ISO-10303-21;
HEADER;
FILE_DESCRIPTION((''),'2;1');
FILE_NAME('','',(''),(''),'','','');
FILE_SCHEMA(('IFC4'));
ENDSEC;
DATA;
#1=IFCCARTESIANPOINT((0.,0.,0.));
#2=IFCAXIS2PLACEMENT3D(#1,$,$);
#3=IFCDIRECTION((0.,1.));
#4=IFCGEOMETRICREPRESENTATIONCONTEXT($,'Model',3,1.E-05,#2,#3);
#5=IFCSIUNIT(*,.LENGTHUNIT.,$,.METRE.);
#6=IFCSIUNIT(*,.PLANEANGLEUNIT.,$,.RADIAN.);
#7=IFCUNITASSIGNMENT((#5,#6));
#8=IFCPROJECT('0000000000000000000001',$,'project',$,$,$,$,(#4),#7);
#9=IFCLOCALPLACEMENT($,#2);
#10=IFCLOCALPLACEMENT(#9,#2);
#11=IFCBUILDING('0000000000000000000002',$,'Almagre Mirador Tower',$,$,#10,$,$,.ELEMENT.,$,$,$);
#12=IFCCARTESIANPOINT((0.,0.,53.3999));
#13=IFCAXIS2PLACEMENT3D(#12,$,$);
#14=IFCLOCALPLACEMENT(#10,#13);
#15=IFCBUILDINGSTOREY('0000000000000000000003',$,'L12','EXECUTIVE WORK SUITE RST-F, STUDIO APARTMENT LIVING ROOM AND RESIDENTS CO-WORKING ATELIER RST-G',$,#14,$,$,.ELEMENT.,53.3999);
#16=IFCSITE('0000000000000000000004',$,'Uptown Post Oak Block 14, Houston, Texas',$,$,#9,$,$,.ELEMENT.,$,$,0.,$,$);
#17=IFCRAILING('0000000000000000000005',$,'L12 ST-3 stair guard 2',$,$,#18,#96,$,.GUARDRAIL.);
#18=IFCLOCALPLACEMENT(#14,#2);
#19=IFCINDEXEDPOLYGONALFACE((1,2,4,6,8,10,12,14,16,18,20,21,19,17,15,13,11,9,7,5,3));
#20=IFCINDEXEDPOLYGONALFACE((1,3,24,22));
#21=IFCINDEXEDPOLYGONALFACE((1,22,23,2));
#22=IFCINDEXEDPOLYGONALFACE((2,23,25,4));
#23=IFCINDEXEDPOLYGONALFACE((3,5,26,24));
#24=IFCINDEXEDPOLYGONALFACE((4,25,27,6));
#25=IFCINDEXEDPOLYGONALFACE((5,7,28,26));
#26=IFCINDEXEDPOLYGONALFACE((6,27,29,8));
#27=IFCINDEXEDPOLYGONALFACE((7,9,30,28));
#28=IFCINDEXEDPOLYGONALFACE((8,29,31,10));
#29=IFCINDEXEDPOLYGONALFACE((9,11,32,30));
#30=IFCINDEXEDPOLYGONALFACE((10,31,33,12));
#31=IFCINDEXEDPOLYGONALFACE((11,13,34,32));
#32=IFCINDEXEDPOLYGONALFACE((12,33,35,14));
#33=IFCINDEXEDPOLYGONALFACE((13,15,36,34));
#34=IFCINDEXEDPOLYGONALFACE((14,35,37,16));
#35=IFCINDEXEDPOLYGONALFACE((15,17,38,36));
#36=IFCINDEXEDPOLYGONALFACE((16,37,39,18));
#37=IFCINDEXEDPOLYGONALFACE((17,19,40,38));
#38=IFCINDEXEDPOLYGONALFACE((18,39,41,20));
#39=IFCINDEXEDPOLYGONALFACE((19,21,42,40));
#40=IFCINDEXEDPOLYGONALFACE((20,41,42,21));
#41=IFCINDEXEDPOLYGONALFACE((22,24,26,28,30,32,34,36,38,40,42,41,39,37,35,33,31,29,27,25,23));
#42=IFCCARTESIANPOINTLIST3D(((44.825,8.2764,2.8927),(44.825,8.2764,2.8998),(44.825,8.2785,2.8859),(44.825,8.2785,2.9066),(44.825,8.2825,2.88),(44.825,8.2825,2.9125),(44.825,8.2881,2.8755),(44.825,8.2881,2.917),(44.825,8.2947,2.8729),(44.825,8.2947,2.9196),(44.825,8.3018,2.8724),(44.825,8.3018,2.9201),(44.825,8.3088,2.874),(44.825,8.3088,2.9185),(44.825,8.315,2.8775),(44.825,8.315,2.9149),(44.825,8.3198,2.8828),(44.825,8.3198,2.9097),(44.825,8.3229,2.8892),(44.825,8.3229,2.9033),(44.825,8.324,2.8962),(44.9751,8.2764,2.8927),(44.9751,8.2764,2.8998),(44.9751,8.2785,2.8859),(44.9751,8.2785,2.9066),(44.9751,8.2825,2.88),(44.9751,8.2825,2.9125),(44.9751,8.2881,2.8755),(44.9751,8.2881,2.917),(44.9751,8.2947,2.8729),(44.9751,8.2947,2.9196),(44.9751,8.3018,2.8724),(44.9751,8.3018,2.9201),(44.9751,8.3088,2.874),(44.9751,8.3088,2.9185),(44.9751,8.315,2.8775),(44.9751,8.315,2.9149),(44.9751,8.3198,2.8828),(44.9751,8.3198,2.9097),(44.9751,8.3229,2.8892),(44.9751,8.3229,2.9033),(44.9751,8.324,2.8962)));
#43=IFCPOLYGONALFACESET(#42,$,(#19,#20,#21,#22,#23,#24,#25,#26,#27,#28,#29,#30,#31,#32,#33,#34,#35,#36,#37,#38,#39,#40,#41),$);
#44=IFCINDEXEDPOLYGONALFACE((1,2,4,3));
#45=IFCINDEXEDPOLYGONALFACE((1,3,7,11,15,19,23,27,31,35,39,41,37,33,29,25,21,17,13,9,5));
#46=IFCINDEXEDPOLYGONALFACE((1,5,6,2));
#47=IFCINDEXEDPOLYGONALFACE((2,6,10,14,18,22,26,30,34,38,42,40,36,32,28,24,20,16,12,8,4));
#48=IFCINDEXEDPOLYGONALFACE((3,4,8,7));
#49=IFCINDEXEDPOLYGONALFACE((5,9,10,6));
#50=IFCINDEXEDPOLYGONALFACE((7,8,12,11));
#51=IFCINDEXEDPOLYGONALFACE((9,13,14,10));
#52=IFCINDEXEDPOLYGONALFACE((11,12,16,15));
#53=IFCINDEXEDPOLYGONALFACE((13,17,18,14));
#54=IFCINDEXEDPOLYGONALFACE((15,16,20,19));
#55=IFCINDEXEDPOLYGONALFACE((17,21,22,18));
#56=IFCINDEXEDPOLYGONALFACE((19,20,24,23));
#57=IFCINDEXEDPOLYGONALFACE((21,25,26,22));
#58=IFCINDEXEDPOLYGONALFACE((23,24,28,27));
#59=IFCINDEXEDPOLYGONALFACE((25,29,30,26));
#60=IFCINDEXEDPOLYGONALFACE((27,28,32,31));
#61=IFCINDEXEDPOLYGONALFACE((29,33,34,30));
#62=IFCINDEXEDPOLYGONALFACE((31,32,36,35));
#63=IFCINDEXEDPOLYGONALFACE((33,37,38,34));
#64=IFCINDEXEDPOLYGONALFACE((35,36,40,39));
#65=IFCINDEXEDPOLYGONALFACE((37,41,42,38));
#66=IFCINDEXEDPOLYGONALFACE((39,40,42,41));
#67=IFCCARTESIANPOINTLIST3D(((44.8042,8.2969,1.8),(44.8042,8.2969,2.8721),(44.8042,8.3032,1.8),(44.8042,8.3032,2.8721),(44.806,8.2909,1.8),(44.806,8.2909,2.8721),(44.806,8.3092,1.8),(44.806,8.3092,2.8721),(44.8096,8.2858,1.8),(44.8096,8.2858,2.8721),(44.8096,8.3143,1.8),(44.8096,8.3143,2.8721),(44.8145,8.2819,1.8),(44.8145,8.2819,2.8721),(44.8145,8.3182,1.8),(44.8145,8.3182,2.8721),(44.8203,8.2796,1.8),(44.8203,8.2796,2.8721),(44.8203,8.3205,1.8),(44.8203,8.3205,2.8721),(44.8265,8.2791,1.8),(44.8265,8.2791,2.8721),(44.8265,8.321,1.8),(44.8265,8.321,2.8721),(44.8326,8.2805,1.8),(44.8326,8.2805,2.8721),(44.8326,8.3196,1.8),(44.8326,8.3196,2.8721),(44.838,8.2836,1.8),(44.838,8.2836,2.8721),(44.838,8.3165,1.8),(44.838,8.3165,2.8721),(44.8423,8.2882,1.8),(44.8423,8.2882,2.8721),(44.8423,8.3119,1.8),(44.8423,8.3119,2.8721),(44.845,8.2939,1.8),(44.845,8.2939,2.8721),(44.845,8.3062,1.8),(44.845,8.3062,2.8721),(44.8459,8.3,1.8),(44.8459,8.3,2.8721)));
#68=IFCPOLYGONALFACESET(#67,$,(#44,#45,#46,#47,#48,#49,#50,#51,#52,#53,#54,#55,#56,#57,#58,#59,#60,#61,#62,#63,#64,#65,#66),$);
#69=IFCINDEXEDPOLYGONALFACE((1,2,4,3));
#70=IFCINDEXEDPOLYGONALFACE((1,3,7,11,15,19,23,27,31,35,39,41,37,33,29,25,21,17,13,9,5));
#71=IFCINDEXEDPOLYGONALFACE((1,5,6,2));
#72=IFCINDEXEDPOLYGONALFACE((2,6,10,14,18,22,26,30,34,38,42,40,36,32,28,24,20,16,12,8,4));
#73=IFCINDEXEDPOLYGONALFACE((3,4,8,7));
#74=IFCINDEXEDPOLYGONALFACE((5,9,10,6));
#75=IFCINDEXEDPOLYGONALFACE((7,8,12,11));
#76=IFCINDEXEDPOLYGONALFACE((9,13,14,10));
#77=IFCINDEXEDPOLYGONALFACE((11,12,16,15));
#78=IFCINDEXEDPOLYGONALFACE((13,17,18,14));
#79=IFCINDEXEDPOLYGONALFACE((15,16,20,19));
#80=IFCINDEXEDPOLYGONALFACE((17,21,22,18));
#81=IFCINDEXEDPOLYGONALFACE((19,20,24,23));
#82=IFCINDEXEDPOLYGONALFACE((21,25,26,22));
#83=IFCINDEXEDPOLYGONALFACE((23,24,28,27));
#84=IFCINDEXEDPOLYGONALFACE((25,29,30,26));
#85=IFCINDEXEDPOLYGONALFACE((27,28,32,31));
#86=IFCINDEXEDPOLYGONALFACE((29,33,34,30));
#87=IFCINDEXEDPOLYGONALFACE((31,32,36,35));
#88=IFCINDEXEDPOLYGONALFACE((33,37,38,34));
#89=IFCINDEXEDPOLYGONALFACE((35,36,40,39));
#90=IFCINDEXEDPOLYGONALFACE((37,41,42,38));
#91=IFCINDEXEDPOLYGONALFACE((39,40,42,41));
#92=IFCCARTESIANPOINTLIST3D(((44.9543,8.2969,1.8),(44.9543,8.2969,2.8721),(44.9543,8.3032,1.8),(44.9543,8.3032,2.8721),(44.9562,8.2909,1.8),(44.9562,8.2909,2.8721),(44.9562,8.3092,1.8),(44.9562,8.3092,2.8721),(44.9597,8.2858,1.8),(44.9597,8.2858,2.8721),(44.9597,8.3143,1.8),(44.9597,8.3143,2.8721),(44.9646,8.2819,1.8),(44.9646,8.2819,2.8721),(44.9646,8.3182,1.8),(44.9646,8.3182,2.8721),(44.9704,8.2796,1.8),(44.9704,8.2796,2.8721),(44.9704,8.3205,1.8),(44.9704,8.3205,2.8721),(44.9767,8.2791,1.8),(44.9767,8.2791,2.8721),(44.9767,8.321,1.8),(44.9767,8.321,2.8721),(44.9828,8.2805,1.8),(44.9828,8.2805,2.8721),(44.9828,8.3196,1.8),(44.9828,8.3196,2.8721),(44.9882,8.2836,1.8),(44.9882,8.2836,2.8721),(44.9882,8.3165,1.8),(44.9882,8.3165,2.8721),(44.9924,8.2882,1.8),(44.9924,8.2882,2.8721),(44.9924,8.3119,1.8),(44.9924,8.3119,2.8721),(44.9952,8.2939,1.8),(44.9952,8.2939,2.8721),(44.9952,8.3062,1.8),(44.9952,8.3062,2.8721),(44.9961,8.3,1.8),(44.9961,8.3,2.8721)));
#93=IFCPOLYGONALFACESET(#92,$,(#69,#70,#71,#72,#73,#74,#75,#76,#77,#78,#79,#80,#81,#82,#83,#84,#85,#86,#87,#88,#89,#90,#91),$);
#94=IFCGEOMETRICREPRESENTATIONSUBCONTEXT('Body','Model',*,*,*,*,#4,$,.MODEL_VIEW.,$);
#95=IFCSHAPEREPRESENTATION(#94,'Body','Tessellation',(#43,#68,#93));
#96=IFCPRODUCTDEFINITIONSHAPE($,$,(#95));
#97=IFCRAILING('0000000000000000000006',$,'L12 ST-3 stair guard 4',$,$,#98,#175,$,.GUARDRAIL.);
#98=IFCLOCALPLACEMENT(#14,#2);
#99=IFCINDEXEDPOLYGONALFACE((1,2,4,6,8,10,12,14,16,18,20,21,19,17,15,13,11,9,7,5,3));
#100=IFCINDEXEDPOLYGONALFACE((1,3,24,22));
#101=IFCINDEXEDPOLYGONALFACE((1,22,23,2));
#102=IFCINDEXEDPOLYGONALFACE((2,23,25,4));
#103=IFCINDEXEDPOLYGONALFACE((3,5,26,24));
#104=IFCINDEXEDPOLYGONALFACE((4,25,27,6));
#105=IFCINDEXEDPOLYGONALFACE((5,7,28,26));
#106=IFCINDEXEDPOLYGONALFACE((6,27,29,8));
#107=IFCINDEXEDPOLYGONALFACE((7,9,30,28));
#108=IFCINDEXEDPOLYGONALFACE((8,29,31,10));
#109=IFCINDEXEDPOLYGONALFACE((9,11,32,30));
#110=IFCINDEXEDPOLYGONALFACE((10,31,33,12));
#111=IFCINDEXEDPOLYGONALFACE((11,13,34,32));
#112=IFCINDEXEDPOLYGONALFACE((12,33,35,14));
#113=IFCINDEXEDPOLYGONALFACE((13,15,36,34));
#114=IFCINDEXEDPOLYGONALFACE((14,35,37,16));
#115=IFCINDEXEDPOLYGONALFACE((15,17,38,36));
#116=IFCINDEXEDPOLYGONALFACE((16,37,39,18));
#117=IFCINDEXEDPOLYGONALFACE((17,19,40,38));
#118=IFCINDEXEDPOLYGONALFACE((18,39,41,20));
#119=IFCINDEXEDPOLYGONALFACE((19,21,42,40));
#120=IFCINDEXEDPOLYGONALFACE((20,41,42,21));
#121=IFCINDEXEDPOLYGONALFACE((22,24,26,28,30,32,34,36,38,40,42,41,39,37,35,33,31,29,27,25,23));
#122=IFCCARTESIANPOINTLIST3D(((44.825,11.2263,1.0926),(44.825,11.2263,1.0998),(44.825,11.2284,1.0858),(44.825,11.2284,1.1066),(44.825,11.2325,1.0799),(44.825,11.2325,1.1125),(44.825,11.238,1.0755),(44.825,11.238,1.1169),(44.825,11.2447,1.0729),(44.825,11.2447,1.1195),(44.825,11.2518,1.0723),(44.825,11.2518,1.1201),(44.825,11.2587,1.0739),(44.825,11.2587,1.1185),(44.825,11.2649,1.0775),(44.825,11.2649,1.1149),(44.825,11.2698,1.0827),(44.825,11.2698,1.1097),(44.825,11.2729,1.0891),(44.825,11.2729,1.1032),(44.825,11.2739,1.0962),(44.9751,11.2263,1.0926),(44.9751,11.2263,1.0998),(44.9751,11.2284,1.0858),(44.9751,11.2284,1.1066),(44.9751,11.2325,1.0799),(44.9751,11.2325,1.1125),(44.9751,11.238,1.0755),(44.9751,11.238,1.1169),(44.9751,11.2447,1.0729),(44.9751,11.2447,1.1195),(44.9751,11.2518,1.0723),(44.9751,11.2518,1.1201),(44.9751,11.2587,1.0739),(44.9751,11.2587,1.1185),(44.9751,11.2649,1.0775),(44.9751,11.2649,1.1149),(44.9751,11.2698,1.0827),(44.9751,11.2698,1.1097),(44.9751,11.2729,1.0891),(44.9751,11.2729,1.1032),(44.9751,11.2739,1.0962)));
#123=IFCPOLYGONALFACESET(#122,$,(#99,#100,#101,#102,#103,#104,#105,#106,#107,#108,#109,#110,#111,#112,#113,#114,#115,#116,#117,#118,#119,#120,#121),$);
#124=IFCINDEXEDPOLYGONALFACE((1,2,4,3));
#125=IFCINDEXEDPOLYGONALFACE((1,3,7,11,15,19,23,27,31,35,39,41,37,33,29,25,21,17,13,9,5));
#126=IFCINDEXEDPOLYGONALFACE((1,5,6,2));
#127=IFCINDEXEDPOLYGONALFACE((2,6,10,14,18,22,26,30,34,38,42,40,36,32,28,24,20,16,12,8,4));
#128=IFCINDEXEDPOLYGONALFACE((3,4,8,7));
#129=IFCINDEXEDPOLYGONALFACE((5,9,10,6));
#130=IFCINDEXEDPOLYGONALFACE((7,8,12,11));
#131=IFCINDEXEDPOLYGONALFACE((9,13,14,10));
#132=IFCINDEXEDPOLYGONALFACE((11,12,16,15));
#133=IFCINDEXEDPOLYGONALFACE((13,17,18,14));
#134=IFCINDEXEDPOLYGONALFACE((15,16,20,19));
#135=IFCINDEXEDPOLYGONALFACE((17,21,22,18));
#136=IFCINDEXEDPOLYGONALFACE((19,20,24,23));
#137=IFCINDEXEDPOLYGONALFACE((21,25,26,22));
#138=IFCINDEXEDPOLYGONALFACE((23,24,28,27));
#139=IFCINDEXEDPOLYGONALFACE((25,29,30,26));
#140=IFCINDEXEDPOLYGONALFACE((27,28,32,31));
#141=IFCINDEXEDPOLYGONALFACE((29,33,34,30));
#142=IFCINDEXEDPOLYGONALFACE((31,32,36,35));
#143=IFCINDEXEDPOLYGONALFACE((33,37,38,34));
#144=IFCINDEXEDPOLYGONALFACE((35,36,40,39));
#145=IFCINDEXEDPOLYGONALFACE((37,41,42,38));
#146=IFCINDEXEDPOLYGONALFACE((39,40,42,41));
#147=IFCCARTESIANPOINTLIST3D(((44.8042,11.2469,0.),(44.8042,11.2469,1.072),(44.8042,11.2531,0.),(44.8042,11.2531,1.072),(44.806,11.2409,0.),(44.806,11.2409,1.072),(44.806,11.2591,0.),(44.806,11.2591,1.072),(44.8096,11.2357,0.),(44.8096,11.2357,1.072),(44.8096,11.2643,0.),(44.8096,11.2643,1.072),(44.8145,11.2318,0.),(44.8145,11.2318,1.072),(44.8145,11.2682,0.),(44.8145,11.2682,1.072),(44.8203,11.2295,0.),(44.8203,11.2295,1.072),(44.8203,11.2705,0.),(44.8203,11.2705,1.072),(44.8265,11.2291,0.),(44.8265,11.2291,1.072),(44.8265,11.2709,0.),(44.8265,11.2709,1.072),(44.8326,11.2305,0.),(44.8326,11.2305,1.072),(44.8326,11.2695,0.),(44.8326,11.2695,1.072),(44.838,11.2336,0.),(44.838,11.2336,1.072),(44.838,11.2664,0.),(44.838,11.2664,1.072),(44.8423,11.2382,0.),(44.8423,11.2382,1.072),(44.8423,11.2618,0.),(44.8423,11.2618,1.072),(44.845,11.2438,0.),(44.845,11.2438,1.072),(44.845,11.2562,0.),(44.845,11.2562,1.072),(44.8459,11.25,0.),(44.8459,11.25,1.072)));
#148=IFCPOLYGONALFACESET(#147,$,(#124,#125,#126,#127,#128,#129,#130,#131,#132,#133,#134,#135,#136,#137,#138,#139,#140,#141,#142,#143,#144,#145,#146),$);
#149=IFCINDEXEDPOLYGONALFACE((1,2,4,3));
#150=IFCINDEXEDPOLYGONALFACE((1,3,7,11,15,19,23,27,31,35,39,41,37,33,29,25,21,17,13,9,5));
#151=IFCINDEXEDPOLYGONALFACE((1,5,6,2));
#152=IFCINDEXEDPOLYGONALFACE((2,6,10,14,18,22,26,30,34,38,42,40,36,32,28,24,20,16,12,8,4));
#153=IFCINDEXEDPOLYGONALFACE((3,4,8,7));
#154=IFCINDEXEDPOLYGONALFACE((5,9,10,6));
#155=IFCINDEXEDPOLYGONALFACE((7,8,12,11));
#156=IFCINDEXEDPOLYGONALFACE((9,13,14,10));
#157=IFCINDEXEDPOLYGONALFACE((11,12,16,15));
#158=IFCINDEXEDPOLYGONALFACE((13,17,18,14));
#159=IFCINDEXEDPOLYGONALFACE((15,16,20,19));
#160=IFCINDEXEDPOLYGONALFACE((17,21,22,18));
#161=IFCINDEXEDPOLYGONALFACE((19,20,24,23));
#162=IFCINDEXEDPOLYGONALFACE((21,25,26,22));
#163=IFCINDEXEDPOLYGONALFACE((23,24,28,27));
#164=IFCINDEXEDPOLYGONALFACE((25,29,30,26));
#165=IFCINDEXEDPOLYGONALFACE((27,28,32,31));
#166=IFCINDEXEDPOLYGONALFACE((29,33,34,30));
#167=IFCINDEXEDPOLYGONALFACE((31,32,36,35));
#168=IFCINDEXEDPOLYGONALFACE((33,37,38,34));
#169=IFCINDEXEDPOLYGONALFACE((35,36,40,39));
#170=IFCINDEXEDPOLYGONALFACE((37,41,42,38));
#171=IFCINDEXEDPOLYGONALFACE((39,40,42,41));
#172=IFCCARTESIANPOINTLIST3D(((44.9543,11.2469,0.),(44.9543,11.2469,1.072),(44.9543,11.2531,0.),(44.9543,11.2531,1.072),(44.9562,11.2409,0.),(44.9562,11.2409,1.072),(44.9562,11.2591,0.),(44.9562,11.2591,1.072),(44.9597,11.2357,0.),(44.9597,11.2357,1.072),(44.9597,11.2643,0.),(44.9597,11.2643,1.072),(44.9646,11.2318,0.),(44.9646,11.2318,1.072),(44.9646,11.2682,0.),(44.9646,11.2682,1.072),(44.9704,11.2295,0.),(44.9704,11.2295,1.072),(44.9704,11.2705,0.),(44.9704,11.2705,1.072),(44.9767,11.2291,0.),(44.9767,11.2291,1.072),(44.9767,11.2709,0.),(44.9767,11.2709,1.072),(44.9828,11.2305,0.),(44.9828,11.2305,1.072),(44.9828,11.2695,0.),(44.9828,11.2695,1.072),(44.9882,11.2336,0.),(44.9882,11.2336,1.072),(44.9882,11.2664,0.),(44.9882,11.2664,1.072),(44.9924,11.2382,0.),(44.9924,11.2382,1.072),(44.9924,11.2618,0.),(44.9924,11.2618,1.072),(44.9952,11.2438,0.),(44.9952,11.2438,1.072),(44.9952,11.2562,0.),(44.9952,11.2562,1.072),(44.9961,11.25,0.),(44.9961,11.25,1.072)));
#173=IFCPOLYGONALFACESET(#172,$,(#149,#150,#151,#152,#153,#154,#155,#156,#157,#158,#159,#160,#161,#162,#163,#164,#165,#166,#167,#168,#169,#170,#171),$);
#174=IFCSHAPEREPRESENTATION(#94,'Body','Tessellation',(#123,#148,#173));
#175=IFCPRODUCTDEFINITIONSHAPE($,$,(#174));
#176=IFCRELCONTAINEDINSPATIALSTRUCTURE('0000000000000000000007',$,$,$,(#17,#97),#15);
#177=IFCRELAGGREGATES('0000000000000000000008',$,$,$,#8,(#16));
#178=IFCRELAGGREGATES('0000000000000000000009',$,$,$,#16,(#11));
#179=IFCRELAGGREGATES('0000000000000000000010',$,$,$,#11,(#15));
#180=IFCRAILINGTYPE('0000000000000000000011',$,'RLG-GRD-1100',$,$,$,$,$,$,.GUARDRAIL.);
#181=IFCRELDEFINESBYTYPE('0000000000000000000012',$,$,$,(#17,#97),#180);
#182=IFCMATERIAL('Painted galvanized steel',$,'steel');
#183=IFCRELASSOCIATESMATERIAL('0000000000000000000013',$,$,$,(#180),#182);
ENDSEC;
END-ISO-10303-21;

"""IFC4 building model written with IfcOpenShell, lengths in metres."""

from ifc_helpers import new_model, si_unit, direction, frame, origin, origin_2d, place, context, subcontext, project, spatial, circle, extrude, material, type_object, element, save


model = new_model("IFC4")

# Units and contexts
model_context = context("Model", 3, precision=1e-05, world=origin(), true_north=direction((0.0, 1.0)))
body_context = subcontext(model_context, "Body", "Model", "MODEL_VIEW")
ifc_project = project(units=[si_unit("LENGTHUNIT", "METRE"), si_unit("PLANEANGLEUNIT", "RADIAN")], contexts=[model_context])

# Site, building, storey
site_placement = place(None, origin())
site = spatial("IfcSite", under=ifc_project, at=site_placement, Name="Uptown Post Oak Block 14, Houston, Texas", CompositionType="ELEMENT", RefElevation=0.0)
building_placement = place(site_placement, origin())
building = spatial("IfcBuilding", under=site, at=building_placement, Name="Almagre Mirador Tower", CompositionType="ELEMENT")
storey_placement = place(building_placement, frame((0.0, 0.0, 53.3999)))
storey = spatial("IfcBuildingStorey", under=building, at=storey_placement, Name="L12", Description="EXECUTIVE WORK SUITE RST-F, STUDIO APARTMENT LIVING ROOM AND RESIDENTS CO-WORKING ATELIER RST-G", CompositionType="ELEMENT", Elevation=53.3999)

# Railings
ifc_material_1 = material(Name="Painted galvanized steel", Category="steel")
railing_type_1 = type_object("IfcRailingType", Name="RLG-GRD-1100", PredefinedType="GUARDRAIL", material=ifc_material_1)
for number, where, name in (
    (1, (44.825, 8.3, 1.8), "L12 ST-3 stair guard 2"),
    (2, (44.825, 11.25, 0.0), "L12 ST-3 stair guard 4"),
):
    element("IfcRailing", number, at=place(storey_placement, frame(where)), inside=storey, type_object=railing_type_1, Name=name, PredefinedType="GUARDRAIL", context=body_context, shape_type="SweptSolid", body=[
        extrude(circle(Radius=0.0239, at=origin_2d()), frame((0.0, 0.0, 1.0962), z_axis=(1.0, 0.0, 0.0), x_axis=(0.0, 1.0, 0.0)), (0.0, 0.0, 1.0), 0.1501),
        extrude(circle(Radius=0.021, at=origin_2d()), origin(), (0.0, 0.0, 1.0), 1.072),
        extrude(circle(Radius=0.021, at=origin_2d()), frame((0.1501, 0.0, 0.0)), (0.0, 0.0, 1.0), 1.072),
    ])

save(model, "model.ifc")
